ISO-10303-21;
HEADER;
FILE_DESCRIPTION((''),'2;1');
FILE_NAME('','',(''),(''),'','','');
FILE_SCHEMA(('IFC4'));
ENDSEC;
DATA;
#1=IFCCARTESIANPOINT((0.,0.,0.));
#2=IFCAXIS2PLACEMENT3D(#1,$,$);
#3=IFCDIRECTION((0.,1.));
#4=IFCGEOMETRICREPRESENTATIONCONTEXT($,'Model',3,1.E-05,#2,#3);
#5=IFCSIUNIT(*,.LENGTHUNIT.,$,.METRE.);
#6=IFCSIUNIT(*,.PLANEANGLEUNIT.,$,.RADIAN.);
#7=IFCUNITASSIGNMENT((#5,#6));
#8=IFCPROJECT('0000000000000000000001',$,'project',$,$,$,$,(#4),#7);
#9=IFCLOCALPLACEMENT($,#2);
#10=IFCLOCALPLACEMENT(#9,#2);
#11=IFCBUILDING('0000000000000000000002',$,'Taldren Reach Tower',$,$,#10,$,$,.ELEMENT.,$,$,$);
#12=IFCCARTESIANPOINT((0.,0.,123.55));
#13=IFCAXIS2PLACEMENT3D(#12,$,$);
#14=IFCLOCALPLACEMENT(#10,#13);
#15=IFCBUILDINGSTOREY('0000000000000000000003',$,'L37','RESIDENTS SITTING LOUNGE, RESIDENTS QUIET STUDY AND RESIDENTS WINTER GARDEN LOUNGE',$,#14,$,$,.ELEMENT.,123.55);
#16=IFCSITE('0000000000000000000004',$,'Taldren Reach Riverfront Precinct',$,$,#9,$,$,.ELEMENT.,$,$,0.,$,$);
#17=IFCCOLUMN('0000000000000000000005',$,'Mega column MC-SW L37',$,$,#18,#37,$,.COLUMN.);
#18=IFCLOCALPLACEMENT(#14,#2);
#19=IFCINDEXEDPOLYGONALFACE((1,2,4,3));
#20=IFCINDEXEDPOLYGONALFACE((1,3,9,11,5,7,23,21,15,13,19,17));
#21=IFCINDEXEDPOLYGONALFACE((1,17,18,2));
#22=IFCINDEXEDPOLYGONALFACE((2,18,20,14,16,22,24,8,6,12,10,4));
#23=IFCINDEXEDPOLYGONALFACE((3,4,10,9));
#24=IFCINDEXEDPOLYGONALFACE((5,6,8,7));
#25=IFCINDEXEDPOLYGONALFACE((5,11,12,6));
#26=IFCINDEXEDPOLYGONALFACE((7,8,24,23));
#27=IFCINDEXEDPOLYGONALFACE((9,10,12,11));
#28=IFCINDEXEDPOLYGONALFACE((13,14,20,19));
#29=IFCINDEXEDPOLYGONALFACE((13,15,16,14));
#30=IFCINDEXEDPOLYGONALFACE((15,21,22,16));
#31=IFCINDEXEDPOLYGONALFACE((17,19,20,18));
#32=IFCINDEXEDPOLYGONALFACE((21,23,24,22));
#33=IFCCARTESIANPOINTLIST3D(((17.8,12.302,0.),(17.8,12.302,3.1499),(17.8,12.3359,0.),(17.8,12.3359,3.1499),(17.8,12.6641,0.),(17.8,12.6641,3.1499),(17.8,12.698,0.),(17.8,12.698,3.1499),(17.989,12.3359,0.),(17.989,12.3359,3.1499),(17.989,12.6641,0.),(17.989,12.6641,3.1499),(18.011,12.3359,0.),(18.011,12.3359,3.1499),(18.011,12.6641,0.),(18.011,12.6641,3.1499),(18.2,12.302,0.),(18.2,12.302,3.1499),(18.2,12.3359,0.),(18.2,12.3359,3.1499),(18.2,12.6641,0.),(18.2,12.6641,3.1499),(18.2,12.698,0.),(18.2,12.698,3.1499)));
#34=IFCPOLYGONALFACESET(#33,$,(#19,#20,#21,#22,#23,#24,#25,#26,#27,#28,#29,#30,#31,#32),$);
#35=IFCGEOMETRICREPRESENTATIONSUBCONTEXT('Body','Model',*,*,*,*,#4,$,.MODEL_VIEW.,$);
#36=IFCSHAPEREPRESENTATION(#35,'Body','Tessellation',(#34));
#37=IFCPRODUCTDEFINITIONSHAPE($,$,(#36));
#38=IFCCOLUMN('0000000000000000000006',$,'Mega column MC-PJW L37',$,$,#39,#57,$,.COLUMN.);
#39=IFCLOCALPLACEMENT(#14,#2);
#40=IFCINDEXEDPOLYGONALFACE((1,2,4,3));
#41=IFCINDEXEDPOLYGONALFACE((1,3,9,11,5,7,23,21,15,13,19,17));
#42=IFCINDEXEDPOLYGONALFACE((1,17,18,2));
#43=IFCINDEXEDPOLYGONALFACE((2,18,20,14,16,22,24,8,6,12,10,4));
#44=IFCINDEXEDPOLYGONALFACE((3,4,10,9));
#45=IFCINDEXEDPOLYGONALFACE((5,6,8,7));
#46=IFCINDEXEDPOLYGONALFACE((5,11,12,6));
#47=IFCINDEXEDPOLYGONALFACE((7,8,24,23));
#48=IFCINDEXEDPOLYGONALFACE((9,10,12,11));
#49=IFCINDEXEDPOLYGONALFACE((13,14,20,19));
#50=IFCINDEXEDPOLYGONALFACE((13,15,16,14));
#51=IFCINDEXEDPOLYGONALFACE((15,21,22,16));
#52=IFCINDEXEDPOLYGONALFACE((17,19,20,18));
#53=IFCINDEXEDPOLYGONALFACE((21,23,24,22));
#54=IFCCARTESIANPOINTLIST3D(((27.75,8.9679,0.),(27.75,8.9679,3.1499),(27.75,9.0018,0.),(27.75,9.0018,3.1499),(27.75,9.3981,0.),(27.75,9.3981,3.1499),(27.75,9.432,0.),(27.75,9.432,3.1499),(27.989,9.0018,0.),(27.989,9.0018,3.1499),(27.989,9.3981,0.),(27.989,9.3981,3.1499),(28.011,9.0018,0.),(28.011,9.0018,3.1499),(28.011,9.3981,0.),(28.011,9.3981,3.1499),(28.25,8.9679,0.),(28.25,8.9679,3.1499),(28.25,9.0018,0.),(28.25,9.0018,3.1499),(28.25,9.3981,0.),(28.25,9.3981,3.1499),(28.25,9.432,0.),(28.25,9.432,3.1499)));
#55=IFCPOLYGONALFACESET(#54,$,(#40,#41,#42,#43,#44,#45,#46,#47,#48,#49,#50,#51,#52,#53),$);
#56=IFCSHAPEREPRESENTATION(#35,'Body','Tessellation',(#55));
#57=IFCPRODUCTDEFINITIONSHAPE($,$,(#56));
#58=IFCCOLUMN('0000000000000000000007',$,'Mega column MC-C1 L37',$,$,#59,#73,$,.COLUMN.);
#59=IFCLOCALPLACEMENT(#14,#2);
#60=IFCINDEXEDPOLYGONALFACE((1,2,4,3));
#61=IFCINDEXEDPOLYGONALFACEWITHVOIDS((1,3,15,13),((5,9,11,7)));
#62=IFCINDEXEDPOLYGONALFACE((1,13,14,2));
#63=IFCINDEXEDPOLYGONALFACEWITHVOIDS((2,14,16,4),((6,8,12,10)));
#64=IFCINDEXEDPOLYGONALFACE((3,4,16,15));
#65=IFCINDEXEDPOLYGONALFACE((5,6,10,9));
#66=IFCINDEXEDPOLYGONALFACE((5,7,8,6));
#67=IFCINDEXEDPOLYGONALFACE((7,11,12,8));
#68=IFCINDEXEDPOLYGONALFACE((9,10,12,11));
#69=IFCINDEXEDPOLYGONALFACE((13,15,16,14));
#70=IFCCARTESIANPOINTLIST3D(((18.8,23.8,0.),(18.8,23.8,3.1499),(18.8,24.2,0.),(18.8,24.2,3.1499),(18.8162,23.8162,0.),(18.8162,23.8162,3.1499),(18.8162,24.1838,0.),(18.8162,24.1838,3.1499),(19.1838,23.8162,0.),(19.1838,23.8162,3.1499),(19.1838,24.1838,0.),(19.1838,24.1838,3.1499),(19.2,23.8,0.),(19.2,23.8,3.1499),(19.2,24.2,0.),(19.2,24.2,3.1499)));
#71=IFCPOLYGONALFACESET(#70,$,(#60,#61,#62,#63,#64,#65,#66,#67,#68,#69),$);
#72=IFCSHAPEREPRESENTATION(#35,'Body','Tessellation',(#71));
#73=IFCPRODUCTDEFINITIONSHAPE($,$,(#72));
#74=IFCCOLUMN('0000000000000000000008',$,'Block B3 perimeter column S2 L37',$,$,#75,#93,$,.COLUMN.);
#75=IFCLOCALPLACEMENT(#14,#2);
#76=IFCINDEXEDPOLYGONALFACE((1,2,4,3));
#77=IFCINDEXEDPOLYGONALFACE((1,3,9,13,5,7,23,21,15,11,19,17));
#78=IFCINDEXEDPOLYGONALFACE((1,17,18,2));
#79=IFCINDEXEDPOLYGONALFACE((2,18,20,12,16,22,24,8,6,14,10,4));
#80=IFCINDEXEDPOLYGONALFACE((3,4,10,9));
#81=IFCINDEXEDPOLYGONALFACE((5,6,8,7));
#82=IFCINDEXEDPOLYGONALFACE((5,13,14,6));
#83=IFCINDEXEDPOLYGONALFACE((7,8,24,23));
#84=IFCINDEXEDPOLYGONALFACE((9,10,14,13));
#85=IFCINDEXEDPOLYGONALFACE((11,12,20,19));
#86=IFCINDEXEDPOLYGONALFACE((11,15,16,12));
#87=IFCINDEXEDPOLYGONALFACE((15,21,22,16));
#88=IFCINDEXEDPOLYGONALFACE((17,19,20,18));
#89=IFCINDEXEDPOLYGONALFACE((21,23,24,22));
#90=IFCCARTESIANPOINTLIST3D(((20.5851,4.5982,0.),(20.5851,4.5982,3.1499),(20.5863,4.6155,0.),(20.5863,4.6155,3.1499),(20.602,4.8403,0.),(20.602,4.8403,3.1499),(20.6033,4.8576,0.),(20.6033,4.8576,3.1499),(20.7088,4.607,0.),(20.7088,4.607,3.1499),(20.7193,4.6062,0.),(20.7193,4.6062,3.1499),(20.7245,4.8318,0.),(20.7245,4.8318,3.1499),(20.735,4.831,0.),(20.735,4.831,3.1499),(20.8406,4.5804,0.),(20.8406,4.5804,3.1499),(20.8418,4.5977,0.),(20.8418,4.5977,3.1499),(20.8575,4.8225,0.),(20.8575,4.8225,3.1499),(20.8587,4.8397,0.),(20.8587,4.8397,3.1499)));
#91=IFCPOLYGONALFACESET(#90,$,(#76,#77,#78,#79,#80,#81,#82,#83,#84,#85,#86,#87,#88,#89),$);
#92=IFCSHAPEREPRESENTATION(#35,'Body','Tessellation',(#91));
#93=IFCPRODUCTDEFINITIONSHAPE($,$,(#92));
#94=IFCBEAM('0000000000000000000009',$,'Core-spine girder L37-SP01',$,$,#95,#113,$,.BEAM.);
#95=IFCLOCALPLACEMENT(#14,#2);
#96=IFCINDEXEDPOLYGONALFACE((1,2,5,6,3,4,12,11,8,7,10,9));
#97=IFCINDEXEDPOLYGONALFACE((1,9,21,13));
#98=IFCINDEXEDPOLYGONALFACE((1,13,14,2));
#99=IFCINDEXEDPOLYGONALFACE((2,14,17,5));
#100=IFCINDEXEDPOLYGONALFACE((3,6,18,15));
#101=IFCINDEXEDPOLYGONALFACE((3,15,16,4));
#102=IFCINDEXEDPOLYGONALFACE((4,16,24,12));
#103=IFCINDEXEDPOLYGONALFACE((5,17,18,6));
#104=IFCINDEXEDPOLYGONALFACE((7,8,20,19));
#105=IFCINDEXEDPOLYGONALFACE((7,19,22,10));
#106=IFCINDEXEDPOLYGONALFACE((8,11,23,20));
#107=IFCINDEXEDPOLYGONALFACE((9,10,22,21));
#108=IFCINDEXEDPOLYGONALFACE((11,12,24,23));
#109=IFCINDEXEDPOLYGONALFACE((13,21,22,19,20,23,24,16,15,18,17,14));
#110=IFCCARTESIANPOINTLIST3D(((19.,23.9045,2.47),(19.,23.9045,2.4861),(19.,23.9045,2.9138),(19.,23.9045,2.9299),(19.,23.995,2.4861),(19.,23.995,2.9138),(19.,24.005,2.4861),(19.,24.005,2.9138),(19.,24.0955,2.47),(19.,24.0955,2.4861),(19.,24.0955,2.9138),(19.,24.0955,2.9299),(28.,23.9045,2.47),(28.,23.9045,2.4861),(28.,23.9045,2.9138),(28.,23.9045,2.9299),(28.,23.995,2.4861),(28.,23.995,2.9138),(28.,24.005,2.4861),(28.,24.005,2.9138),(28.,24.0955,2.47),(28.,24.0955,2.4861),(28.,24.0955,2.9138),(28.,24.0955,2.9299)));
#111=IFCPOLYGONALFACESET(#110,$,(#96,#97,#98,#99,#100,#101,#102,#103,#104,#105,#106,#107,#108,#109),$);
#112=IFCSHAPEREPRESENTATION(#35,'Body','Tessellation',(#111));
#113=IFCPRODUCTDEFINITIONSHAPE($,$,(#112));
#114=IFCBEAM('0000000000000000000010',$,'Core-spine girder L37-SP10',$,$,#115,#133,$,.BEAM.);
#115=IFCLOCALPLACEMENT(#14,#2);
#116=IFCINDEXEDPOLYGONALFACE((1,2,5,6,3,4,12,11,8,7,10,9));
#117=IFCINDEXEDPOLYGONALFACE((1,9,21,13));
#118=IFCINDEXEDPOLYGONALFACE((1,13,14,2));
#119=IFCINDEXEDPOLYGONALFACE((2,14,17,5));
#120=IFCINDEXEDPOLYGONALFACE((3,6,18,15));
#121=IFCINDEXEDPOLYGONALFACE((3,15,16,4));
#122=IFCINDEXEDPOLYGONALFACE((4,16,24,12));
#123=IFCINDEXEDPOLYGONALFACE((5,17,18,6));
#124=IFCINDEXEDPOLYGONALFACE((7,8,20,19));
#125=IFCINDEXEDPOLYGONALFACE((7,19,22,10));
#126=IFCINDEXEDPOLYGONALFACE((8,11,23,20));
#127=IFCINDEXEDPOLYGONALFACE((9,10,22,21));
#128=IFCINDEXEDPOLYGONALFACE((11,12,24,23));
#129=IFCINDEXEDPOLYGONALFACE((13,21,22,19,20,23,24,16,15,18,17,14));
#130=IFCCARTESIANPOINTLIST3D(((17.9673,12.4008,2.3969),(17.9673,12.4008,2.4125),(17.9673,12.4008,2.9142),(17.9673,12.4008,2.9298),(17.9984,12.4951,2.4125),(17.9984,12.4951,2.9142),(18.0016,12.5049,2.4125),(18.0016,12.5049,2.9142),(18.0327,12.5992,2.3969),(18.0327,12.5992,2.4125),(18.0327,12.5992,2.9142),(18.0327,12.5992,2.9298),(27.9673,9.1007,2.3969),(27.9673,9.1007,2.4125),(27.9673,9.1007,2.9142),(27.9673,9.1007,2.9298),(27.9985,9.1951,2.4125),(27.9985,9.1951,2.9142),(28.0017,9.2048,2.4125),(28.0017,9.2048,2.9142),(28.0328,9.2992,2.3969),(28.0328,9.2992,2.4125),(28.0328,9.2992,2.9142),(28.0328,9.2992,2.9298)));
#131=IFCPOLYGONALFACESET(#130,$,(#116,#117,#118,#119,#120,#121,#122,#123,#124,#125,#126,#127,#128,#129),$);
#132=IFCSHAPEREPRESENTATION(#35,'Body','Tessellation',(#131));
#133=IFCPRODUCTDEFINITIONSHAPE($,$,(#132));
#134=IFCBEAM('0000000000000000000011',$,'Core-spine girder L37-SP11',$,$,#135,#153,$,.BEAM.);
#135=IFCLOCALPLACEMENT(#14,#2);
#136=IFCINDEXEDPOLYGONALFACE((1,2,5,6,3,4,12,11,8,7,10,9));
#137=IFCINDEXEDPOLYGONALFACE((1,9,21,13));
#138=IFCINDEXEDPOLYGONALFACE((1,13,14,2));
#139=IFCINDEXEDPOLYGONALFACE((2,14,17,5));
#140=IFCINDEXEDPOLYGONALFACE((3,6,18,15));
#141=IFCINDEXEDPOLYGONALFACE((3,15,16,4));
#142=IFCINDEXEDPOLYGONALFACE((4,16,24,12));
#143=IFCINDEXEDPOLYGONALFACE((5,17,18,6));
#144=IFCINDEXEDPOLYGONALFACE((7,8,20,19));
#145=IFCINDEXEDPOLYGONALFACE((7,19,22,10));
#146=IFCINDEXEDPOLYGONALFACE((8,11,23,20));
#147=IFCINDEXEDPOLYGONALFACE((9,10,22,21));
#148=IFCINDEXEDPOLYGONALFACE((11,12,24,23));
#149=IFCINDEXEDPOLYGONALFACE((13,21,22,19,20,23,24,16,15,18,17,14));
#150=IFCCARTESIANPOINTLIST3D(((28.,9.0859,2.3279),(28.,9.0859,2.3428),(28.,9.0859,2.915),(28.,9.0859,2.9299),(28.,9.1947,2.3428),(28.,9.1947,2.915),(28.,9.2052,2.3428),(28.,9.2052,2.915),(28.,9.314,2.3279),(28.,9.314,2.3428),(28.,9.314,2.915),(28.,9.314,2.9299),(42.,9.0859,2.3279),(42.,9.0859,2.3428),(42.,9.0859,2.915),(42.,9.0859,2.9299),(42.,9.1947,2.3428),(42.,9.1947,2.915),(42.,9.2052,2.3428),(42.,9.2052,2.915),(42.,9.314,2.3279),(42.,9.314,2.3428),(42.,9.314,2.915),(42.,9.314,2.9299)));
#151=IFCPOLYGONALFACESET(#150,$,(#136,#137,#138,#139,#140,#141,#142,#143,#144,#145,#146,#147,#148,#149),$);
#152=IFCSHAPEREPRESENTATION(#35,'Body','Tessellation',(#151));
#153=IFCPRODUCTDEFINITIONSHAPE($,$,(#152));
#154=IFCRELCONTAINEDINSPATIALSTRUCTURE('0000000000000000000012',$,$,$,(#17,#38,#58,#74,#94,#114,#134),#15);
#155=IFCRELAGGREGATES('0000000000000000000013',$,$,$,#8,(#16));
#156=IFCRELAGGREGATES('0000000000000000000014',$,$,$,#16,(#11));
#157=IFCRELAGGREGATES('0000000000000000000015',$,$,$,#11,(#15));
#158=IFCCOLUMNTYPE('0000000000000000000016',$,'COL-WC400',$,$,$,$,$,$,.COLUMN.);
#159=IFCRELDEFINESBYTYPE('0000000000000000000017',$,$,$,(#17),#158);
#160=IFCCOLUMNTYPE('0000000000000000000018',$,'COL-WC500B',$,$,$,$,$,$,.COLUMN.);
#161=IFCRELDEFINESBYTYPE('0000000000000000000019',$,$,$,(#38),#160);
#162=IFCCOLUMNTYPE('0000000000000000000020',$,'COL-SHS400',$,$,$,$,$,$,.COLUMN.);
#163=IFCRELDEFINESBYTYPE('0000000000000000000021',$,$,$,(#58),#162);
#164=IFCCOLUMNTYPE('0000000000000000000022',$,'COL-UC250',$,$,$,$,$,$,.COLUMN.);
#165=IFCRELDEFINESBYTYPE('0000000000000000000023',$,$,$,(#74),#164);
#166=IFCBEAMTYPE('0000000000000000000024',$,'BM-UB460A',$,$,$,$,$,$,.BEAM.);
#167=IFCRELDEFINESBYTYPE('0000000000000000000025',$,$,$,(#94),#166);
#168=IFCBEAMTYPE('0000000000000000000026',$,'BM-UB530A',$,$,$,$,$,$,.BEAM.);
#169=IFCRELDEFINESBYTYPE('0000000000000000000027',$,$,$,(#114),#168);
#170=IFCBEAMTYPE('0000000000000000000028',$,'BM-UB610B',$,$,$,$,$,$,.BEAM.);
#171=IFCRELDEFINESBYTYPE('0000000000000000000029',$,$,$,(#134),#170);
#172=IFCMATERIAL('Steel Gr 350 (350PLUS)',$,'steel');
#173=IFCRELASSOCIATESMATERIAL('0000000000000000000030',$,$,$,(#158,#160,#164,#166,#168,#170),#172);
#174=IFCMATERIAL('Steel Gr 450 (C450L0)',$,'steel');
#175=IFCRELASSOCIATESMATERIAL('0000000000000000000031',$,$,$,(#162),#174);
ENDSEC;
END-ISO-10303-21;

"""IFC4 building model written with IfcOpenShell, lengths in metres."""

from ifc_helpers import new_model, si_unit, direction, frame, origin, origin_2d, place, context, subcontext, project, spatial, hollow_rectangle, i_section, extrude, source, transform, mapped, material, material_profile, profile_set, type_object, element, save


model = new_model("IFC4")

# Units and contexts
model_context = context("Model", 3, precision=1e-05, world=origin(), true_north=direction((0.0, 1.0)))
body_context = subcontext(model_context, "Body", "Model", "MODEL_VIEW")
ifc_project = project(units=[si_unit("LENGTHUNIT", "METRE"), si_unit("PLANEANGLEUNIT", "RADIAN")], contexts=[model_context])

# Site, building, storey
site_placement = place(None, origin())
site = spatial("IfcSite", under=ifc_project, at=site_placement, Name="Taldren Reach Riverfront Precinct", CompositionType="ELEMENT", RefElevation=0.0)
building_placement = place(site_placement, origin())
building = spatial("IfcBuilding", under=site, at=building_placement, Name="Taldren Reach Tower", CompositionType="ELEMENT")
storey_placement = place(building_placement, frame((0.0, 0.0, 123.55)))
storey = spatial("IfcBuildingStorey", under=building, at=storey_placement, Name="L37", Description="RESIDENTS SITTING LOUNGE, RESIDENTS QUIET STUDY AND RESIDENTS WINTER GARDEN LOUNGE", CompositionType="ELEMENT", Elevation=123.55)

# Columns
ifc_material_1 = material(Name="Steel Gr 350 (350PLUS)", Category="steel")
ifc_material_profile_1 = material_profile(ifc_material_1, i_section(OverallWidth=0.3999, OverallDepth=0.396, WebThickness=0.022, FlangeThickness=0.0339, at=origin_2d()), Name="400WC270")
ifc_profile_set_1 = profile_set([ifc_material_profile_1], Name="Steel Gr 350 (350PLUS)")
column_type_1 = type_object("IfcColumnType", Name="COL-WC400", PredefinedType="COLUMN", material=ifc_profile_set_1)
shared_shape_1 = source(origin(), body_context, "Body", "SweptSolid", [
    extrude(i_section(OverallWidth=0.3999, OverallDepth=0.396, WebThickness=0.022, FlangeThickness=0.0339, at=origin_2d()), origin(), (0.0, 0.0, 1.0), 3.1499),
])
column_1_placement = place(storey_placement, frame((18.0, 12.5, 0.0), z_axis=(0.0, 0.0, 1.0), x_axis=(1.0, 0.0, 0.0)))
element("IfcColumn", 1, at=column_1_placement, inside=storey, type_object=column_type_1, Name="Mega column MC-SW L37", PredefinedType="COLUMN", context=body_context, shape_type="MappedRepresentation", body=[
    mapped(shared_shape_1, transform((0.0, 0.0, 0.0), scale=1.0)),
])
ifc_material_profile_2 = material_profile(ifc_material_1, i_section(OverallWidth=0.5, OverallDepth=0.4641, WebThickness=0.022, FlangeThickness=0.0339, at=origin_2d()), Name="500WC340")
ifc_profile_set_2 = profile_set([ifc_material_profile_2], Name="Steel Gr 350 (350PLUS)")
column_type_2 = type_object("IfcColumnType", Name="COL-WC500B", PredefinedType="COLUMN", material=ifc_profile_set_2)
shared_shape_2 = source(origin(), body_context, "Body", "SweptSolid", [
    extrude(i_section(OverallWidth=0.5, OverallDepth=0.4641, WebThickness=0.022, FlangeThickness=0.0339, at=origin_2d()), origin(), (0.0, 0.0, 1.0), 3.1499),
])
column_2_placement = place(storey_placement, frame((28.0, 9.2, 0.0), z_axis=(0.0, 0.0, 1.0), x_axis=(1.0, 0.0, 0.0)))
element("IfcColumn", 2, at=column_2_placement, inside=storey, type_object=column_type_2, Name="Mega column MC-PJW L37", PredefinedType="COLUMN", context=body_context, shape_type="MappedRepresentation", body=[
    mapped(shared_shape_2, transform((0.0, 0.0, 0.0), scale=1.0)),
])
ifc_material_2 = material(Name="Steel Gr 450 (C450L0)", Category="steel")
ifc_material_profile_3 = material_profile(ifc_material_2, hollow_rectangle(XDim=0.3999, YDim=0.3999, WallThickness=0.0161, at=origin_2d()), Name="400x400x16.0SHS")
ifc_profile_set_3 = profile_set([ifc_material_profile_3], Name="Steel Gr 450 (C450L0)")
column_type_3 = type_object("IfcColumnType", Name="COL-SHS400", PredefinedType="COLUMN", material=ifc_profile_set_3)
shared_shape_3 = source(origin(), body_context, "Body", "SweptSolid", [
    extrude(hollow_rectangle(XDim=0.3999, YDim=0.3999, WallThickness=0.0161, at=origin_2d()), origin(), (0.0, 0.0, 1.0), 3.1499),
])
column_3_placement = place(storey_placement, frame((19.0, 24.0, 0.0), z_axis=(0.0, 0.0, 1.0), x_axis=(1.0, 0.0, 0.0)))
element("IfcColumn", 3, at=column_3_placement, inside=storey, type_object=column_type_3, Name="Mega column MC-C1 L37", PredefinedType="COLUMN", context=body_context, shape_type="MappedRepresentation", body=[
    mapped(shared_shape_3, transform((0.0, 0.0, 0.0), scale=1.0)),
])
ifc_material_profile_4 = material_profile(ifc_material_1, i_section(OverallWidth=0.2561, OverallDepth=0.26, WebThickness=0.0105, FlangeThickness=0.0173, at=origin_2d()), Name="250UC89.5")
ifc_profile_set_4 = profile_set([ifc_material_profile_4], Name="Steel Gr 350 (350PLUS)")
column_type_4 = type_object("IfcColumnType", Name="COL-UC250", PredefinedType="COLUMN", material=ifc_profile_set_4)
shared_shape_4 = source(origin(), body_context, "Body", "SweptSolid", [
    extrude(i_section(OverallWidth=0.2561, OverallDepth=0.26, WebThickness=0.0105, FlangeThickness=0.0173, at=origin_2d()), origin(), (0.0, 0.0, 1.0), 3.1499),
])
column_4_placement = place(storey_placement, frame((20.7219, 4.719, 0.0), z_axis=(0.0, 0.0, 1.0), x_axis=(0.997564, -0.069756, 0.0)))
element("IfcColumn", 4, at=column_4_placement, inside=storey, type_object=column_type_4, Name="Block B3 perimeter column S2 L37", PredefinedType="COLUMN", context=body_context, shape_type="MappedRepresentation", body=[
    mapped(shared_shape_4, transform((0.0, 0.0, 0.0), scale=1.0)),
])

# Beams
ifc_material_profile_5 = material_profile(ifc_material_1, i_section(OverallWidth=0.1909, OverallDepth=0.46, WebThickness=0.01, FlangeThickness=0.0161, at=origin_2d()), Name="460UB82.1")
ifc_profile_set_5 = profile_set([ifc_material_profile_5], Name="Steel Gr 350 (350PLUS)")
beam_type_1 = type_object("IfcBeamType", Name="BM-UB460A", PredefinedType="BEAM", material=ifc_profile_set_5)
shared_shape_5 = source(origin(), body_context, "Body", "SweptSolid", [
    extrude(i_section(OverallWidth=0.1909, OverallDepth=0.46, WebThickness=0.01, FlangeThickness=0.0161, at=origin_2d()), origin(), (0.0, 0.0, 1.0), 9.0),
])
beam_1_placement = place(storey_placement, frame((19.0, 24.0, 2.7), z_axis=(1.0, 0.0, 0.0), x_axis=(0.0, 1.0, 0.0)))
element("IfcBeam", 5, at=beam_1_placement, inside=storey, type_object=beam_type_1, Name="Core-spine girder L37-SP01", PredefinedType="BEAM", context=body_context, shape_type="MappedRepresentation", body=[
    mapped(shared_shape_5, transform((0.0, 0.0, 0.0), scale=1.0)),
])
ifc_material_profile_6 = material_profile(ifc_material_1, i_section(OverallWidth=0.209, OverallDepth=0.533, WebThickness=0.0103, FlangeThickness=0.0156, at=origin_2d()), Name="530UB92.4")
ifc_profile_set_6 = profile_set([ifc_material_profile_6], Name="Steel Gr 350 (350PLUS)")
beam_type_2 = type_object("IfcBeamType", Name="BM-UB530A", PredefinedType="BEAM", material=ifc_profile_set_6)
shared_shape_6 = source(origin(), body_context, "Body", "SweptSolid", [
    extrude(i_section(OverallWidth=0.209, OverallDepth=0.533, WebThickness=0.0103, FlangeThickness=0.0156, at=origin_2d()), origin(), (0.0, 0.0, 1.0), 10.5305),
])
beam_2_placement = place(storey_placement, frame((18.0, 12.5, 2.6633), z_axis=(0.949627, -0.313382, 0.0), x_axis=(0.313382, 0.949627, 0.0)))
element("IfcBeam", 6, at=beam_2_placement, inside=storey, type_object=beam_type_2, Name="Core-spine girder L37-SP10", PredefinedType="BEAM", context=body_context, shape_type="MappedRepresentation", body=[
    mapped(shared_shape_6, transform((0.0, 0.0, 0.0), scale=1.0)),
])
ifc_material_profile_7 = material_profile(ifc_material_1, i_section(OverallWidth=0.228, OverallDepth=0.6021, WebThickness=0.0105, FlangeThickness=0.0149, at=origin_2d()), Name="610UB101")
ifc_profile_set_7 = profile_set([ifc_material_profile_7], Name="Steel Gr 350 (350PLUS)")
beam_type_3 = type_object("IfcBeamType", Name="BM-UB610B", PredefinedType="BEAM", material=ifc_profile_set_7)
shared_shape_7 = source(origin(), body_context, "Body", "SweptSolid", [
    extrude(i_section(OverallWidth=0.228, OverallDepth=0.6021, WebThickness=0.0105, FlangeThickness=0.0149, at=origin_2d()), origin(), (0.0, 0.0, 1.0), 14.0),
])
beam_3_placement = place(storey_placement, frame((28.0, 9.2, 2.6289), z_axis=(1.0, 0.0, 0.0), x_axis=(0.0, 1.0, 0.0)))
element("IfcBeam", 7, at=beam_3_placement, inside=storey, type_object=beam_type_3, Name="Core-spine girder L37-SP11", PredefinedType="BEAM", context=body_context, shape_type="MappedRepresentation", body=[
    mapped(shared_shape_7, transform((0.0, 0.0, 0.0), scale=1.0)),
])

save(model, "model.ifc")
